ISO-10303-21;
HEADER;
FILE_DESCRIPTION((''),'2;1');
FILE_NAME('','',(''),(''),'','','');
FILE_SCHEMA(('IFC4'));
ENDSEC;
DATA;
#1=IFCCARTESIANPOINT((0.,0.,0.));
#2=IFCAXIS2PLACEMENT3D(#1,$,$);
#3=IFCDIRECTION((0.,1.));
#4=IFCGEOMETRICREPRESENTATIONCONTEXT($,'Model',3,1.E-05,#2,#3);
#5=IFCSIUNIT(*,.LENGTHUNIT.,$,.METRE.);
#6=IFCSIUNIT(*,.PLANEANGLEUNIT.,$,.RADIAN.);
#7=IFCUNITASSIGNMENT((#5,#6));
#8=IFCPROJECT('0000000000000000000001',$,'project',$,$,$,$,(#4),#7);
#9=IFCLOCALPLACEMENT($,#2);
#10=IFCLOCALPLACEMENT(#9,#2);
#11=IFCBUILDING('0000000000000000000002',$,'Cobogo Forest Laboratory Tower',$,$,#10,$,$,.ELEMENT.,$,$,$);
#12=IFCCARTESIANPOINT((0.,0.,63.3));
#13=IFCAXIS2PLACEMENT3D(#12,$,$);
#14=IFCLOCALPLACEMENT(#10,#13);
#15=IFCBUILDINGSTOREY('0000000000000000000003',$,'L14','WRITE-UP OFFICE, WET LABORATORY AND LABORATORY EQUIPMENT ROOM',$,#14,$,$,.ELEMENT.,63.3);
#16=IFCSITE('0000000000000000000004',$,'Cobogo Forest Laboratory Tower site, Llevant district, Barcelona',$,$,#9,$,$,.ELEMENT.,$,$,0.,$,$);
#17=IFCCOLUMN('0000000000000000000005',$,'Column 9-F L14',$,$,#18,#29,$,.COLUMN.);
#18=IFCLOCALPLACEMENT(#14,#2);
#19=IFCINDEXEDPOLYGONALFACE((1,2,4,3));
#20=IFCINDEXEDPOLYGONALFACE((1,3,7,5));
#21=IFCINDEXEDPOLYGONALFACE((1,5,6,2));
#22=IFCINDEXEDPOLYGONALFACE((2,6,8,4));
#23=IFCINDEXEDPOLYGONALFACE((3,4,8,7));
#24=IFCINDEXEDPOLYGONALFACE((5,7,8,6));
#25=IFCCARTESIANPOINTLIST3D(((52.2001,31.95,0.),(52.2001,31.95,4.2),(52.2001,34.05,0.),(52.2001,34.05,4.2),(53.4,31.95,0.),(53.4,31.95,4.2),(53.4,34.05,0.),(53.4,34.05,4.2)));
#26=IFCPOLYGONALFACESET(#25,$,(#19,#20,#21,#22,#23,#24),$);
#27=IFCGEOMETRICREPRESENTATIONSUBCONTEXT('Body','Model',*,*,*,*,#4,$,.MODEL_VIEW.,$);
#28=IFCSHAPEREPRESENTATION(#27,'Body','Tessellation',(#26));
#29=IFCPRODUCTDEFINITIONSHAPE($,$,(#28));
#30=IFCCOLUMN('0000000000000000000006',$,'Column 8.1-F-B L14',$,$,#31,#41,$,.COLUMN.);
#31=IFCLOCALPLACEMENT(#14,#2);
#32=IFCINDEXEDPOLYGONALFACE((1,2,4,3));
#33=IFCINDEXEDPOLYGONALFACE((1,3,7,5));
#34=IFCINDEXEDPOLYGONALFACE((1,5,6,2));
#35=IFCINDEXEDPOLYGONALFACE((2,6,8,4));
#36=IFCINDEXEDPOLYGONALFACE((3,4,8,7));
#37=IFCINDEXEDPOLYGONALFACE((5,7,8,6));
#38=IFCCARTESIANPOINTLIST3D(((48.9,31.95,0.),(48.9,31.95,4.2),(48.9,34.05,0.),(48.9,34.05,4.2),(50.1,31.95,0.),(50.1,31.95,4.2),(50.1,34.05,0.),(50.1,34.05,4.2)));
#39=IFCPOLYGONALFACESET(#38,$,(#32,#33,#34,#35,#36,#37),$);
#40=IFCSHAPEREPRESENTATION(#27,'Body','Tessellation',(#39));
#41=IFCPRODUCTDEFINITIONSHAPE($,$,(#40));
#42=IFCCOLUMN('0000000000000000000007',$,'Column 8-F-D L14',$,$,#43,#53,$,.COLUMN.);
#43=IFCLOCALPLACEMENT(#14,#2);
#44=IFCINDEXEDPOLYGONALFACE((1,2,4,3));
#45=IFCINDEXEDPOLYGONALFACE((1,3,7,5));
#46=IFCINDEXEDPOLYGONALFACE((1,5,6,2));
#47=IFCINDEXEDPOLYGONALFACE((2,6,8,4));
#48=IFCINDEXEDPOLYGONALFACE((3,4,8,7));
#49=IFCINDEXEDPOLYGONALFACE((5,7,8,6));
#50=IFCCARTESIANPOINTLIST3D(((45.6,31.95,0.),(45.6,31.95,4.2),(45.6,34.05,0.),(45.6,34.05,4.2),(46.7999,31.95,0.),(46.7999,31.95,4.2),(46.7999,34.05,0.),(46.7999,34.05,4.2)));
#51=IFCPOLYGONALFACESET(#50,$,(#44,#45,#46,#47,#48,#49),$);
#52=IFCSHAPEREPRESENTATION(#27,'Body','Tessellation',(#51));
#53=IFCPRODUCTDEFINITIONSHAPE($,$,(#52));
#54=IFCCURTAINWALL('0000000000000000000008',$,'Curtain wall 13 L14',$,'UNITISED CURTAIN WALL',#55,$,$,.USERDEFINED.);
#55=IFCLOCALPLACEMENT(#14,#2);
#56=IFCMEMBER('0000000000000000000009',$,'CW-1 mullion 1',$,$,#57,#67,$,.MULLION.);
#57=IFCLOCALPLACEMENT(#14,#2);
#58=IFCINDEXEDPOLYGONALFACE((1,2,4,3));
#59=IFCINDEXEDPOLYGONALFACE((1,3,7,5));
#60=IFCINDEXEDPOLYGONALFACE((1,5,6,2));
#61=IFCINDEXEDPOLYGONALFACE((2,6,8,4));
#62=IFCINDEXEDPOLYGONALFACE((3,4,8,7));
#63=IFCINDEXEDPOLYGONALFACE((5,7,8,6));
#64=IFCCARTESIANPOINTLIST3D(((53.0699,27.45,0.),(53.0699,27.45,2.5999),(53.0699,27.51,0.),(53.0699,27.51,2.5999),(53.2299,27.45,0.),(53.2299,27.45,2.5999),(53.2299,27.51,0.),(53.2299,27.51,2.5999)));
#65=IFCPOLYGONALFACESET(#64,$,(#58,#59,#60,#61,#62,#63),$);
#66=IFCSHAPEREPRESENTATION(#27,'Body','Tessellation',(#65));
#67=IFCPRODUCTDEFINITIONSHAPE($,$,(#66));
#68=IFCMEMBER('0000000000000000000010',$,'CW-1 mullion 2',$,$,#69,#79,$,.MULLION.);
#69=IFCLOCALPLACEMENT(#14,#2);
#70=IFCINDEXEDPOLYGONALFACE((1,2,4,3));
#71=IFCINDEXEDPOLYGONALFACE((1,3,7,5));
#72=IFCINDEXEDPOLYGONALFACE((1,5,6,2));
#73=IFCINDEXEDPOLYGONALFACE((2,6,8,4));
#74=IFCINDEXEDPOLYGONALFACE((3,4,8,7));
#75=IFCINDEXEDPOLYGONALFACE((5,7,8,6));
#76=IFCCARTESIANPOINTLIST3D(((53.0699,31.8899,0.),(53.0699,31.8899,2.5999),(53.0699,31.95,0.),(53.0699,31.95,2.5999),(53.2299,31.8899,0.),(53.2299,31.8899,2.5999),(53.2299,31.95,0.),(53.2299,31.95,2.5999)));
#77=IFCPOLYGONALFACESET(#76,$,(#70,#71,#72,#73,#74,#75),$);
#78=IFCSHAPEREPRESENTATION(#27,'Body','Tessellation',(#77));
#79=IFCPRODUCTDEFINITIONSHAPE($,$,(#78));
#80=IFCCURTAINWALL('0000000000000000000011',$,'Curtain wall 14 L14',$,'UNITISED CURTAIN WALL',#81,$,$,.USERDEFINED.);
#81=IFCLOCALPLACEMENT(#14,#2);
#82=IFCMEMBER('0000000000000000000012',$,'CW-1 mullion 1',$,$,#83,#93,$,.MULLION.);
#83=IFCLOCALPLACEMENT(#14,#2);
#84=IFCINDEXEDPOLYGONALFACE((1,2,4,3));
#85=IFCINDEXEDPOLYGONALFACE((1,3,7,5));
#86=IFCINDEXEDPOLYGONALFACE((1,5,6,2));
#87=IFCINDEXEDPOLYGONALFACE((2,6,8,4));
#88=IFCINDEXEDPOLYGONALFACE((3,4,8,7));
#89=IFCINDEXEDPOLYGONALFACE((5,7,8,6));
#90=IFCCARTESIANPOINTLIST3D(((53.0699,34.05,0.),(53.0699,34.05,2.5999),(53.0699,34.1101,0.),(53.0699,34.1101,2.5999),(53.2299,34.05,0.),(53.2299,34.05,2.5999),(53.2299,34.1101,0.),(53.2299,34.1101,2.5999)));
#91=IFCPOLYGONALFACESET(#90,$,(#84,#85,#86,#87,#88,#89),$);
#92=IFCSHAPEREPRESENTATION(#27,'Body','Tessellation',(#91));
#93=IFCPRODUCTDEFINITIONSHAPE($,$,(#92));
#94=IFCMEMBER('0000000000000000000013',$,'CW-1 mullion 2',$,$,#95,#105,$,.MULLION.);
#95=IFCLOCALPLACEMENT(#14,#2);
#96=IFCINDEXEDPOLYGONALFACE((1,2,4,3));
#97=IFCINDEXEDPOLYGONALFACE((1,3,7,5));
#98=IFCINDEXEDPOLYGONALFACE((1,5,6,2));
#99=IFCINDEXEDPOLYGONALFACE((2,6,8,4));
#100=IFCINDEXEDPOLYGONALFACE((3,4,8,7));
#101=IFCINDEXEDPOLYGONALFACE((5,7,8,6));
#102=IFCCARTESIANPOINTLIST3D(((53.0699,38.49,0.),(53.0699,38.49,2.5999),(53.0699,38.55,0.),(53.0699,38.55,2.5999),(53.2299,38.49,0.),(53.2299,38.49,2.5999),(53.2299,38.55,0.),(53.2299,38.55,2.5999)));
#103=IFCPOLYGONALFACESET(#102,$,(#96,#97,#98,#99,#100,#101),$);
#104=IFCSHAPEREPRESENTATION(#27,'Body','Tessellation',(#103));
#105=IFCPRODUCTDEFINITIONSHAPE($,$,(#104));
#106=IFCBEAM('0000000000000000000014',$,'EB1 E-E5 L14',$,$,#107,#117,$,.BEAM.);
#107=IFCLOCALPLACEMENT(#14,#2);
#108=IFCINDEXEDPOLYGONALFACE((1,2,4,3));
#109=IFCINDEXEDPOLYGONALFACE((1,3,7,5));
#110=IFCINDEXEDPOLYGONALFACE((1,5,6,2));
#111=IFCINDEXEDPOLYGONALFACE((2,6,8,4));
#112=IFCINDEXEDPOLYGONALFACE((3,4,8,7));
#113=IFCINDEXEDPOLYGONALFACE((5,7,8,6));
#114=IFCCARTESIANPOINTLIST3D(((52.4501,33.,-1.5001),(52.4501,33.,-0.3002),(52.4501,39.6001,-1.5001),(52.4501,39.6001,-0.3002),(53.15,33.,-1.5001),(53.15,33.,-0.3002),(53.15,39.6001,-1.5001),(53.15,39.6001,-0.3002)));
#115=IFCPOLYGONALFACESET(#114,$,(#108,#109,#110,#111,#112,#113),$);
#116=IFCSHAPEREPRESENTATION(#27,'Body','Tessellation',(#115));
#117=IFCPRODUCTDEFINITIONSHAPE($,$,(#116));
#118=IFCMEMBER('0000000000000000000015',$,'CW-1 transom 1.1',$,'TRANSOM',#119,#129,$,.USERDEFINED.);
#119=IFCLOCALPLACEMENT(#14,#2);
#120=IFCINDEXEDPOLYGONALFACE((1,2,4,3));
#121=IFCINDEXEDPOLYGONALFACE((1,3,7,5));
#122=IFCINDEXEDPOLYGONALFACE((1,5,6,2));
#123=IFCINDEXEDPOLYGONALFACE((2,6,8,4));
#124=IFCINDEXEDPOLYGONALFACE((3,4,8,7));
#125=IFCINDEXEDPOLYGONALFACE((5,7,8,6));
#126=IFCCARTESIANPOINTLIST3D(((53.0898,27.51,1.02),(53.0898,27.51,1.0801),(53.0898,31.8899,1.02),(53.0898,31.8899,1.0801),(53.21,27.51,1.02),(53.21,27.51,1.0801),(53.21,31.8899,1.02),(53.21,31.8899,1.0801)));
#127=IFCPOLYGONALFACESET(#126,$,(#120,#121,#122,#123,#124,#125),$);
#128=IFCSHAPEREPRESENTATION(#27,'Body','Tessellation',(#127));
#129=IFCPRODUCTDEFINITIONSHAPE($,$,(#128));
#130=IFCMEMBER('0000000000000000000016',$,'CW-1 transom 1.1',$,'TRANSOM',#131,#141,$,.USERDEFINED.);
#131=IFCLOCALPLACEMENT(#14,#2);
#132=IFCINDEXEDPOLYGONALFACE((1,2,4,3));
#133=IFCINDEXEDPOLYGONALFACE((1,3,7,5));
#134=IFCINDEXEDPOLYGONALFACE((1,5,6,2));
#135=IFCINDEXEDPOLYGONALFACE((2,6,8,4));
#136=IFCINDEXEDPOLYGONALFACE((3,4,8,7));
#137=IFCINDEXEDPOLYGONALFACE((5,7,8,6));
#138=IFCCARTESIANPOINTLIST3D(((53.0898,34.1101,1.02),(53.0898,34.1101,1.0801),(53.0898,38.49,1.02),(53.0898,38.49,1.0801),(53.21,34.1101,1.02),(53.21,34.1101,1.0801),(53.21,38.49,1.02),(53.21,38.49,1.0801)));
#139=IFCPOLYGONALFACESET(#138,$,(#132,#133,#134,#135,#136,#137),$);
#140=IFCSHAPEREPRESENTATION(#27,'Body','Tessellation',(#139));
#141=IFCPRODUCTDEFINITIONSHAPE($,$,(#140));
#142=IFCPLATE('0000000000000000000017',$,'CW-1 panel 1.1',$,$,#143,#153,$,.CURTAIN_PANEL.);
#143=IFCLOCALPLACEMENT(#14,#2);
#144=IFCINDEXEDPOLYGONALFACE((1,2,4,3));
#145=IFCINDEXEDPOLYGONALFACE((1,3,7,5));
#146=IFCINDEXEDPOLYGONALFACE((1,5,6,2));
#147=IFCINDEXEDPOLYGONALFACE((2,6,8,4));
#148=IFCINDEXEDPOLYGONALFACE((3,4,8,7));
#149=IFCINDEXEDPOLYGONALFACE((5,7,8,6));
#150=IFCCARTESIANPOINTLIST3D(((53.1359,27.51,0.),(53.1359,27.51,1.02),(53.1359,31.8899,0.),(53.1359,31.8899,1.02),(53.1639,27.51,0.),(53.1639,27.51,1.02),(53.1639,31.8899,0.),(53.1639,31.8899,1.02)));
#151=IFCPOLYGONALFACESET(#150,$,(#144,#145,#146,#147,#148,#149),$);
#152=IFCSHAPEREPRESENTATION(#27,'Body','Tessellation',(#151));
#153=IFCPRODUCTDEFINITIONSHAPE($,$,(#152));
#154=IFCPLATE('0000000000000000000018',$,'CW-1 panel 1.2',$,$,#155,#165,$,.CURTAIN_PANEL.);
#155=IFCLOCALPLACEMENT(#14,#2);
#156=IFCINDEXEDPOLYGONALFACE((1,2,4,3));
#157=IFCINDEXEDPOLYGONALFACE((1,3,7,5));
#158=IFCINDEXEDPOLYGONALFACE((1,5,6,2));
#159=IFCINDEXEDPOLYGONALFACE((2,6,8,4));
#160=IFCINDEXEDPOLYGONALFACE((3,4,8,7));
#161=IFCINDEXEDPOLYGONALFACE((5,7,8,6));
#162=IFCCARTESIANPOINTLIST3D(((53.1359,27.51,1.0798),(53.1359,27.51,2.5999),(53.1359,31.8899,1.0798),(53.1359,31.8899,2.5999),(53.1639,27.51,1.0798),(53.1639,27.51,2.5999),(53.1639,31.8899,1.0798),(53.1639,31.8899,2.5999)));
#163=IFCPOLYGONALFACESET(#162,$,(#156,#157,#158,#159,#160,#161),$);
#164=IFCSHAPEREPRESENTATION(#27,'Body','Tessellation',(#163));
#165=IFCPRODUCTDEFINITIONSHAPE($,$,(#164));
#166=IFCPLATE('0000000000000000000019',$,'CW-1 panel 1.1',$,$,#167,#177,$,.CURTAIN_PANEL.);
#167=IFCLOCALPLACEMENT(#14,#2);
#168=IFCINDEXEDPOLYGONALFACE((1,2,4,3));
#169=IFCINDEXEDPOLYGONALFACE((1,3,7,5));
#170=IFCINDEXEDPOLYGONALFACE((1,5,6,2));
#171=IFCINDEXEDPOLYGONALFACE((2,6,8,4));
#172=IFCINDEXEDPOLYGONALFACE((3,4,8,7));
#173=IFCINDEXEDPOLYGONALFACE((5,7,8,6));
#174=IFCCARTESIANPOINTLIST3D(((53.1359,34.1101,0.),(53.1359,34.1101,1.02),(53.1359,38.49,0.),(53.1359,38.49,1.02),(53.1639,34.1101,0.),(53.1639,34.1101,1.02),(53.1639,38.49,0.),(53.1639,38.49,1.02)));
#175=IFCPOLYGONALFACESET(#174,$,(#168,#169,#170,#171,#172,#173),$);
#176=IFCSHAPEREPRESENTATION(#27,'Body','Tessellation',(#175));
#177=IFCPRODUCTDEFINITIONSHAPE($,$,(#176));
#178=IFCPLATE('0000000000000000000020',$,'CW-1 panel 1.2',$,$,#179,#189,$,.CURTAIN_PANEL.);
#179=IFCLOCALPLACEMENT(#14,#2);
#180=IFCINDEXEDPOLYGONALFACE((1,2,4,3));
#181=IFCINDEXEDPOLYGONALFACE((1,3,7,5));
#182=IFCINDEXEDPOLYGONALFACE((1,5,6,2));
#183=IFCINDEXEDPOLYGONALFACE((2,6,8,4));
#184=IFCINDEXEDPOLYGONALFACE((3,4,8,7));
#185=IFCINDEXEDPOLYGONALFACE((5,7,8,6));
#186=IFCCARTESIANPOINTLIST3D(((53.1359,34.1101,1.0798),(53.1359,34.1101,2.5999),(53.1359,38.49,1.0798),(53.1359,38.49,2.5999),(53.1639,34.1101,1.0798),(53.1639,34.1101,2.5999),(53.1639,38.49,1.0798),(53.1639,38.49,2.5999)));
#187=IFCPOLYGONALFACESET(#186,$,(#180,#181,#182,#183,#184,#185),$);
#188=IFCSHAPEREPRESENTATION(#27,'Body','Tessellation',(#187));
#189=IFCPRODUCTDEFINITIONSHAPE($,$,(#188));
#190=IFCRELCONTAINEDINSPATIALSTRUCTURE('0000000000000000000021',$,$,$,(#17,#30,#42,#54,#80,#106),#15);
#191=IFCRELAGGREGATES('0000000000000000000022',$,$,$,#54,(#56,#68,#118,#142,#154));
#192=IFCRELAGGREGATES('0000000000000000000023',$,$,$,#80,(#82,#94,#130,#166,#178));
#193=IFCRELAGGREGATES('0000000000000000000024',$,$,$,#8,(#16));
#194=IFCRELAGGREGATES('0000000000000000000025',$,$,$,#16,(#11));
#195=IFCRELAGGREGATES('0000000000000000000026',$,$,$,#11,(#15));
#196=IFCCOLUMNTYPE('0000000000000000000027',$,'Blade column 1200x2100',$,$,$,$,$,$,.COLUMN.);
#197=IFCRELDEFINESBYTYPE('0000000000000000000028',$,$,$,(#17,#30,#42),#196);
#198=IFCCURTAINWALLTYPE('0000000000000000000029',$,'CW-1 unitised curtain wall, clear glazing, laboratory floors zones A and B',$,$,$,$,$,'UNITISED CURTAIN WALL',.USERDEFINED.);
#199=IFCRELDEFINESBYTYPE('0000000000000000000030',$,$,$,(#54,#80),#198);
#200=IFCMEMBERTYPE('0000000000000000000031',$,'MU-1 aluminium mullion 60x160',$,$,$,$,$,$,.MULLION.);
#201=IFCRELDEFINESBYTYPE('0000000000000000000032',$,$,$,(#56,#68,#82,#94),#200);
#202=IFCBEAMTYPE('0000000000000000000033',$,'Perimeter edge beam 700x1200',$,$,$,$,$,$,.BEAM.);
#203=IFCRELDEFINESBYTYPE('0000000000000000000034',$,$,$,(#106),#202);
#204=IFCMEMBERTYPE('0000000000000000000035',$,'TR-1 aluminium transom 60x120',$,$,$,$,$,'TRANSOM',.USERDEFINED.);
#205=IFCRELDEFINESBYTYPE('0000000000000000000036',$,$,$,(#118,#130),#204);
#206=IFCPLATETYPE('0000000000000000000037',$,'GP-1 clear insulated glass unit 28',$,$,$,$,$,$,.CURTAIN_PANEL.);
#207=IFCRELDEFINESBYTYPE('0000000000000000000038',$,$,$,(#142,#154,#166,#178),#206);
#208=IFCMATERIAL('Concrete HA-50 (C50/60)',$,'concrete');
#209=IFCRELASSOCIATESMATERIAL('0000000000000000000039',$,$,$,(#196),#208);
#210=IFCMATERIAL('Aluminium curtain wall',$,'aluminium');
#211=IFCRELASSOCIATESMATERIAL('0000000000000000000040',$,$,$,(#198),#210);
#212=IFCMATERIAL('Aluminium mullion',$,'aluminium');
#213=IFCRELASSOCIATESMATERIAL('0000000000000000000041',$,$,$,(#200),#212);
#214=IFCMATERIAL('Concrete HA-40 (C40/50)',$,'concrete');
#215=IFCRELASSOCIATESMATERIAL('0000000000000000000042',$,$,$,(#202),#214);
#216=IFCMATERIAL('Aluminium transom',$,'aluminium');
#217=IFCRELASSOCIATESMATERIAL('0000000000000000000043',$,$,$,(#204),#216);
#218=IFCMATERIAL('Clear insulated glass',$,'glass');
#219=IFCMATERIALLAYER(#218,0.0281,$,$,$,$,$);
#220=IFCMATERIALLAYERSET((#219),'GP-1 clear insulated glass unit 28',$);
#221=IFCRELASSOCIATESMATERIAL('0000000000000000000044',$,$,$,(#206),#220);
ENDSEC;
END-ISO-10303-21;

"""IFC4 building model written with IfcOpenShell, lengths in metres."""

from ifc_helpers import new_model, si_unit, direction, frame, origin, origin_2d, place, context, subcontext, project, spatial, rectangle, extrude, material, layer, layer_set, material_profile, profile_set, type_object, element, aggregate, save


model = new_model("IFC4")

# Units and contexts
model_context = context("Model", 3, precision=1e-05, world=origin(), true_north=direction((0.0, 1.0)))
body_context = subcontext(model_context, "Body", "Model", "MODEL_VIEW")
ifc_project = project(units=[si_unit("LENGTHUNIT", "METRE"), si_unit("PLANEANGLEUNIT", "RADIAN")], contexts=[model_context])

# Site, building, storey
site_placement = place(None, origin())
site = spatial("IfcSite", under=ifc_project, at=site_placement, Name="Cobogo Forest Laboratory Tower site, Llevant district, Barcelona", CompositionType="ELEMENT", RefElevation=0.0)
building_placement = place(site_placement, origin())
building = spatial("IfcBuilding", under=site, at=building_placement, Name="Cobogo Forest Laboratory Tower", CompositionType="ELEMENT")
storey_placement = place(building_placement, frame((0.0, 0.0, 63.3)))
storey = spatial("IfcBuildingStorey", under=building, at=storey_placement, Name="L14", Description="WRITE-UP OFFICE, WET LABORATORY AND LABORATORY EQUIPMENT ROOM", CompositionType="ELEMENT", Elevation=63.3)

# Columns
ifc_material_1 = material(Name="Concrete HA-50 (C50/60)", Category="concrete")
ifc_material_profile_1 = material_profile(ifc_material_1, rectangle(XDim=2.1001, YDim=1.2, at=origin_2d()), Name="RC 1200x2100")
ifc_profile_set_1 = profile_set([ifc_material_profile_1], Name="Concrete HA-50 (C50/60)")
column_type = type_object("IfcColumnType", Name="Blade column 1200x2100", PredefinedType="COLUMN", material=ifc_profile_set_1)
for number, where, z_axis, x_axis, name in (
    (1, (52.8, 33.0, 0.0), (0.0, 0.0, 1.0), (0.0, 1.0, 0.0), "Column 9-F L14"),
    (2, (49.5, 33.0, 0.0), (0.0, 0.0, 1.0), (0.0, 1.0, 0.0), "Column 8.1-F-B L14"),
    (3, (46.2, 33.0, 0.0), (0.0, 0.0, 1.0), (0.0, 1.0, 0.0), "Column 8-F-D L14"),
):
    element("IfcColumn", number, at=place(storey_placement, frame(where, z_axis=z_axis, x_axis=x_axis)), inside=storey, type_object=column_type, Name=name, PredefinedType="COLUMN", context=body_context, shape_type="SweptSolid", body=[
        extrude(rectangle(XDim=2.1001, YDim=1.2, at=origin_2d()), origin(), (0.0, 0.0, 1.0), 4.2),
    ])

# Curtain walls, members
ifc_material_2 = material(Name="Aluminium curtain wall", Category="aluminium")
curtain_wall_type = type_object("IfcCurtainWallType", Name="CW-1 unitised curtain wall, clear glazing, laboratory floors zones A and B", ElementType="UNITISED CURTAIN WALL", PredefinedType="USERDEFINED", material=ifc_material_2)
curtain_wall_1_placement = place(storey_placement, origin())
curtain_wall_1 = element("IfcCurtainWall", 4, at=curtain_wall_1_placement, inside=storey, type_object=curtain_wall_type, Name="Curtain wall 13 L14", ObjectType="UNITISED CURTAIN WALL", PredefinedType="USERDEFINED")
ifc_material_3 = material(Name="Aluminium mullion", Category="aluminium")
ifc_material_profile_2 = material_profile(ifc_material_3, rectangle(XDim=0.0601, YDim=0.1599, at=origin_2d()), Name="AL 60x160")
ifc_profile_set_2 = profile_set([ifc_material_profile_2], Name="Aluminium mullion")
member_type_1 = type_object("IfcMemberType", Name="MU-1 aluminium mullion 60x160", PredefinedType="MULLION", material=ifc_profile_set_2)
member_1_placement = place(storey_placement, frame((53.1499, 27.48, 0.0), z_axis=(0.0, 0.0, 1.0), x_axis=(0.0, 1.0, 0.0)))
member_1 = element("IfcMember", 5, at=member_1_placement, type_object=member_type_1, Name="CW-1 mullion 1", PredefinedType="MULLION", context=body_context, shape_type="SweptSolid", body=[
    extrude(rectangle(XDim=0.0601, YDim=0.1599, at=origin_2d()), origin(), (0.0, 0.0, 1.0), 2.5999),
])
member_2_placement = place(storey_placement, frame((53.1499, 31.9199, 0.0), z_axis=(0.0, 0.0, 1.0), x_axis=(0.0, 1.0, 0.0)))
member_2 = element("IfcMember", 6, at=member_2_placement, type_object=member_type_1, Name="CW-1 mullion 2", PredefinedType="MULLION", context=body_context, shape_type="SweptSolid", body=[
    extrude(rectangle(XDim=0.0601, YDim=0.1599, at=origin_2d()), origin(), (0.0, 0.0, 1.0), 2.5999),
])
curtain_wall_2_placement = place(storey_placement, origin())
curtain_wall_2 = element("IfcCurtainWall", 7, at=curtain_wall_2_placement, inside=storey, type_object=curtain_wall_type, Name="Curtain wall 14 L14", ObjectType="UNITISED CURTAIN WALL", PredefinedType="USERDEFINED")
member_3_placement = place(storey_placement, frame((53.1499, 34.0801, 0.0), z_axis=(0.0, 0.0, 1.0), x_axis=(0.0, 1.0, 0.0)))
member_3 = element("IfcMember", 8, at=member_3_placement, type_object=member_type_1, Name="CW-1 mullion 1", PredefinedType="MULLION", context=body_context, shape_type="SweptSolid", body=[
    extrude(rectangle(XDim=0.0601, YDim=0.1599, at=origin_2d()), origin(), (0.0, 0.0, 1.0), 2.5999),
])
member_4_placement = place(storey_placement, frame((53.1499, 38.52, 0.0), z_axis=(0.0, 0.0, 1.0), x_axis=(0.0, 1.0, 0.0)))
member_4 = element("IfcMember", 9, at=member_4_placement, type_object=member_type_1, Name="CW-1 mullion 2", PredefinedType="MULLION", context=body_context, shape_type="SweptSolid", body=[
    extrude(rectangle(XDim=0.0601, YDim=0.1599, at=origin_2d()), origin(), (0.0, 0.0, 1.0), 2.5999),
])

# Beam
ifc_material_4 = material(Name="Concrete HA-40 (C40/50)", Category="concrete")
ifc_material_profile_3 = material_profile(ifc_material_4, rectangle(XDim=0.7, YDim=1.2, at=origin_2d()), Name="RC 700x1200")
ifc_profile_set_3 = profile_set([ifc_material_profile_3], Name="Concrete HA-40 (C40/50)")
beam_type = type_object("IfcBeamType", Name="Perimeter edge beam 700x1200", PredefinedType="BEAM", material=ifc_profile_set_3)
beam_placement = place(storey_placement, frame((52.8, 33.0, -0.9001), z_axis=(0.0, 1.0, 0.0), x_axis=(-1.0, 0.0, 0.0)))
element("IfcBeam", 10, at=beam_placement, inside=storey, type_object=beam_type, Name="EB1 E-E5 L14", PredefinedType="BEAM", context=body_context, shape_type="SweptSolid", body=[
    extrude(rectangle(XDim=0.7, YDim=1.2, at=origin_2d()), origin(), (0.0, 0.0, 1.0), 6.6001),
])

# Members
ifc_material_5 = material(Name="Aluminium transom", Category="aluminium")
ifc_material_profile_4 = material_profile(ifc_material_5, rectangle(XDim=0.1201, YDim=0.0601, at=origin_2d()), Name="AL 60x120")
ifc_profile_set_4 = profile_set([ifc_material_profile_4], Name="Aluminium transom")
member_type_2 = type_object("IfcMemberType", Name="TR-1 aluminium transom 60x120", ElementType="TRANSOM", PredefinedType="USERDEFINED", material=ifc_profile_set_4)
member_5_placement = place(storey_placement, frame((53.1499, 27.51, 1.05), z_axis=(0.0, 1.0, 0.0), x_axis=(-1.0, 0.0, 0.0)))
member_5 = element("IfcMember", 11, at=member_5_placement, type_object=member_type_2, Name="CW-1 transom 1.1", ObjectType="TRANSOM", PredefinedType="USERDEFINED", context=body_context, shape_type="SweptSolid", body=[
    extrude(rectangle(XDim=0.1201, YDim=0.0601, at=origin_2d()), origin(), (0.0, 0.0, 1.0), 4.3799),
])
member_6_placement = place(storey_placement, frame((53.1499, 34.1101, 1.05), z_axis=(0.0, 1.0, 0.0), x_axis=(-1.0, 0.0, 0.0)))
member_6 = element("IfcMember", 12, at=member_6_placement, type_object=member_type_2, Name="CW-1 transom 1.1", ObjectType="TRANSOM", PredefinedType="USERDEFINED", context=body_context, shape_type="SweptSolid", body=[
    extrude(rectangle(XDim=0.1201, YDim=0.0601, at=origin_2d()), origin(), (0.0, 0.0, 1.0), 4.3799),
])

# Plates
ifc_material_6 = material(Name="Clear insulated glass", Category="glass")
ifc_layer_1 = layer(ifc_material_6, 0.0281)
ifc_layer_set_1 = layer_set([ifc_layer_1], Name="GP-1 clear insulated glass unit 28")
plate_type_1 = type_object("IfcPlateType", Name="GP-1 clear insulated glass unit 28", PredefinedType="CURTAIN_PANEL", material=ifc_layer_set_1)
plate_1_placement = place(storey_placement, frame((53.1499, 29.7, 0.0), z_axis=(0.0, 0.0, 1.0), x_axis=(0.0, 1.0, 0.0)))
plate_1 = element("IfcPlate", 13, at=plate_1_placement, type_object=plate_type_1, Name="CW-1 panel 1.1", PredefinedType="CURTAIN_PANEL", context=body_context, shape_type="SweptSolid", body=[
    extrude(rectangle(XDim=4.3799, YDim=0.0281, at=origin_2d()), origin(), (0.0, 0.0, 1.0), 1.02),
])
plate_2_placement = place(storey_placement, frame((53.1499, 29.7, 1.0798), z_axis=(0.0, 0.0, 1.0), x_axis=(0.0, 1.0, 0.0)))
plate_2 = element("IfcPlate", 14, at=plate_2_placement, type_object=plate_type_1, Name="CW-1 panel 1.2", PredefinedType="CURTAIN_PANEL", context=body_context, shape_type="SweptSolid", body=[
    extrude(rectangle(XDim=4.3799, YDim=0.0281, at=origin_2d()), origin(), (0.0, 0.0, 1.0), 1.52),
])
aggregate(curtain_wall_1, [member_1, member_2, member_5, plate_1, plate_2])
plate_3_placement = place(storey_placement, frame((53.1499, 36.3, 0.0), z_axis=(0.0, 0.0, 1.0), x_axis=(0.0, 1.0, 0.0)))
plate_3 = element("IfcPlate", 15, at=plate_3_placement, type_object=plate_type_1, Name="CW-1 panel 1.1", PredefinedType="CURTAIN_PANEL", context=body_context, shape_type="SweptSolid", body=[
    extrude(rectangle(XDim=4.3799, YDim=0.0281, at=origin_2d()), origin(), (0.0, 0.0, 1.0), 1.02),
])
plate_4_placement = place(storey_placement, frame((53.1499, 36.3, 1.0798), z_axis=(0.0, 0.0, 1.0), x_axis=(0.0, 1.0, 0.0)))
plate_4 = element("IfcPlate", 16, at=plate_4_placement, type_object=plate_type_1, Name="CW-1 panel 1.2", PredefinedType="CURTAIN_PANEL", context=body_context, shape_type="SweptSolid", body=[
    extrude(rectangle(XDim=4.3799, YDim=0.0281, at=origin_2d()), origin(), (0.0, 0.0, 1.0), 1.52),
])
aggregate(curtain_wall_2, [member_3, member_4, member_6, plate_3, plate_4])

save(model, "model.ifc")
